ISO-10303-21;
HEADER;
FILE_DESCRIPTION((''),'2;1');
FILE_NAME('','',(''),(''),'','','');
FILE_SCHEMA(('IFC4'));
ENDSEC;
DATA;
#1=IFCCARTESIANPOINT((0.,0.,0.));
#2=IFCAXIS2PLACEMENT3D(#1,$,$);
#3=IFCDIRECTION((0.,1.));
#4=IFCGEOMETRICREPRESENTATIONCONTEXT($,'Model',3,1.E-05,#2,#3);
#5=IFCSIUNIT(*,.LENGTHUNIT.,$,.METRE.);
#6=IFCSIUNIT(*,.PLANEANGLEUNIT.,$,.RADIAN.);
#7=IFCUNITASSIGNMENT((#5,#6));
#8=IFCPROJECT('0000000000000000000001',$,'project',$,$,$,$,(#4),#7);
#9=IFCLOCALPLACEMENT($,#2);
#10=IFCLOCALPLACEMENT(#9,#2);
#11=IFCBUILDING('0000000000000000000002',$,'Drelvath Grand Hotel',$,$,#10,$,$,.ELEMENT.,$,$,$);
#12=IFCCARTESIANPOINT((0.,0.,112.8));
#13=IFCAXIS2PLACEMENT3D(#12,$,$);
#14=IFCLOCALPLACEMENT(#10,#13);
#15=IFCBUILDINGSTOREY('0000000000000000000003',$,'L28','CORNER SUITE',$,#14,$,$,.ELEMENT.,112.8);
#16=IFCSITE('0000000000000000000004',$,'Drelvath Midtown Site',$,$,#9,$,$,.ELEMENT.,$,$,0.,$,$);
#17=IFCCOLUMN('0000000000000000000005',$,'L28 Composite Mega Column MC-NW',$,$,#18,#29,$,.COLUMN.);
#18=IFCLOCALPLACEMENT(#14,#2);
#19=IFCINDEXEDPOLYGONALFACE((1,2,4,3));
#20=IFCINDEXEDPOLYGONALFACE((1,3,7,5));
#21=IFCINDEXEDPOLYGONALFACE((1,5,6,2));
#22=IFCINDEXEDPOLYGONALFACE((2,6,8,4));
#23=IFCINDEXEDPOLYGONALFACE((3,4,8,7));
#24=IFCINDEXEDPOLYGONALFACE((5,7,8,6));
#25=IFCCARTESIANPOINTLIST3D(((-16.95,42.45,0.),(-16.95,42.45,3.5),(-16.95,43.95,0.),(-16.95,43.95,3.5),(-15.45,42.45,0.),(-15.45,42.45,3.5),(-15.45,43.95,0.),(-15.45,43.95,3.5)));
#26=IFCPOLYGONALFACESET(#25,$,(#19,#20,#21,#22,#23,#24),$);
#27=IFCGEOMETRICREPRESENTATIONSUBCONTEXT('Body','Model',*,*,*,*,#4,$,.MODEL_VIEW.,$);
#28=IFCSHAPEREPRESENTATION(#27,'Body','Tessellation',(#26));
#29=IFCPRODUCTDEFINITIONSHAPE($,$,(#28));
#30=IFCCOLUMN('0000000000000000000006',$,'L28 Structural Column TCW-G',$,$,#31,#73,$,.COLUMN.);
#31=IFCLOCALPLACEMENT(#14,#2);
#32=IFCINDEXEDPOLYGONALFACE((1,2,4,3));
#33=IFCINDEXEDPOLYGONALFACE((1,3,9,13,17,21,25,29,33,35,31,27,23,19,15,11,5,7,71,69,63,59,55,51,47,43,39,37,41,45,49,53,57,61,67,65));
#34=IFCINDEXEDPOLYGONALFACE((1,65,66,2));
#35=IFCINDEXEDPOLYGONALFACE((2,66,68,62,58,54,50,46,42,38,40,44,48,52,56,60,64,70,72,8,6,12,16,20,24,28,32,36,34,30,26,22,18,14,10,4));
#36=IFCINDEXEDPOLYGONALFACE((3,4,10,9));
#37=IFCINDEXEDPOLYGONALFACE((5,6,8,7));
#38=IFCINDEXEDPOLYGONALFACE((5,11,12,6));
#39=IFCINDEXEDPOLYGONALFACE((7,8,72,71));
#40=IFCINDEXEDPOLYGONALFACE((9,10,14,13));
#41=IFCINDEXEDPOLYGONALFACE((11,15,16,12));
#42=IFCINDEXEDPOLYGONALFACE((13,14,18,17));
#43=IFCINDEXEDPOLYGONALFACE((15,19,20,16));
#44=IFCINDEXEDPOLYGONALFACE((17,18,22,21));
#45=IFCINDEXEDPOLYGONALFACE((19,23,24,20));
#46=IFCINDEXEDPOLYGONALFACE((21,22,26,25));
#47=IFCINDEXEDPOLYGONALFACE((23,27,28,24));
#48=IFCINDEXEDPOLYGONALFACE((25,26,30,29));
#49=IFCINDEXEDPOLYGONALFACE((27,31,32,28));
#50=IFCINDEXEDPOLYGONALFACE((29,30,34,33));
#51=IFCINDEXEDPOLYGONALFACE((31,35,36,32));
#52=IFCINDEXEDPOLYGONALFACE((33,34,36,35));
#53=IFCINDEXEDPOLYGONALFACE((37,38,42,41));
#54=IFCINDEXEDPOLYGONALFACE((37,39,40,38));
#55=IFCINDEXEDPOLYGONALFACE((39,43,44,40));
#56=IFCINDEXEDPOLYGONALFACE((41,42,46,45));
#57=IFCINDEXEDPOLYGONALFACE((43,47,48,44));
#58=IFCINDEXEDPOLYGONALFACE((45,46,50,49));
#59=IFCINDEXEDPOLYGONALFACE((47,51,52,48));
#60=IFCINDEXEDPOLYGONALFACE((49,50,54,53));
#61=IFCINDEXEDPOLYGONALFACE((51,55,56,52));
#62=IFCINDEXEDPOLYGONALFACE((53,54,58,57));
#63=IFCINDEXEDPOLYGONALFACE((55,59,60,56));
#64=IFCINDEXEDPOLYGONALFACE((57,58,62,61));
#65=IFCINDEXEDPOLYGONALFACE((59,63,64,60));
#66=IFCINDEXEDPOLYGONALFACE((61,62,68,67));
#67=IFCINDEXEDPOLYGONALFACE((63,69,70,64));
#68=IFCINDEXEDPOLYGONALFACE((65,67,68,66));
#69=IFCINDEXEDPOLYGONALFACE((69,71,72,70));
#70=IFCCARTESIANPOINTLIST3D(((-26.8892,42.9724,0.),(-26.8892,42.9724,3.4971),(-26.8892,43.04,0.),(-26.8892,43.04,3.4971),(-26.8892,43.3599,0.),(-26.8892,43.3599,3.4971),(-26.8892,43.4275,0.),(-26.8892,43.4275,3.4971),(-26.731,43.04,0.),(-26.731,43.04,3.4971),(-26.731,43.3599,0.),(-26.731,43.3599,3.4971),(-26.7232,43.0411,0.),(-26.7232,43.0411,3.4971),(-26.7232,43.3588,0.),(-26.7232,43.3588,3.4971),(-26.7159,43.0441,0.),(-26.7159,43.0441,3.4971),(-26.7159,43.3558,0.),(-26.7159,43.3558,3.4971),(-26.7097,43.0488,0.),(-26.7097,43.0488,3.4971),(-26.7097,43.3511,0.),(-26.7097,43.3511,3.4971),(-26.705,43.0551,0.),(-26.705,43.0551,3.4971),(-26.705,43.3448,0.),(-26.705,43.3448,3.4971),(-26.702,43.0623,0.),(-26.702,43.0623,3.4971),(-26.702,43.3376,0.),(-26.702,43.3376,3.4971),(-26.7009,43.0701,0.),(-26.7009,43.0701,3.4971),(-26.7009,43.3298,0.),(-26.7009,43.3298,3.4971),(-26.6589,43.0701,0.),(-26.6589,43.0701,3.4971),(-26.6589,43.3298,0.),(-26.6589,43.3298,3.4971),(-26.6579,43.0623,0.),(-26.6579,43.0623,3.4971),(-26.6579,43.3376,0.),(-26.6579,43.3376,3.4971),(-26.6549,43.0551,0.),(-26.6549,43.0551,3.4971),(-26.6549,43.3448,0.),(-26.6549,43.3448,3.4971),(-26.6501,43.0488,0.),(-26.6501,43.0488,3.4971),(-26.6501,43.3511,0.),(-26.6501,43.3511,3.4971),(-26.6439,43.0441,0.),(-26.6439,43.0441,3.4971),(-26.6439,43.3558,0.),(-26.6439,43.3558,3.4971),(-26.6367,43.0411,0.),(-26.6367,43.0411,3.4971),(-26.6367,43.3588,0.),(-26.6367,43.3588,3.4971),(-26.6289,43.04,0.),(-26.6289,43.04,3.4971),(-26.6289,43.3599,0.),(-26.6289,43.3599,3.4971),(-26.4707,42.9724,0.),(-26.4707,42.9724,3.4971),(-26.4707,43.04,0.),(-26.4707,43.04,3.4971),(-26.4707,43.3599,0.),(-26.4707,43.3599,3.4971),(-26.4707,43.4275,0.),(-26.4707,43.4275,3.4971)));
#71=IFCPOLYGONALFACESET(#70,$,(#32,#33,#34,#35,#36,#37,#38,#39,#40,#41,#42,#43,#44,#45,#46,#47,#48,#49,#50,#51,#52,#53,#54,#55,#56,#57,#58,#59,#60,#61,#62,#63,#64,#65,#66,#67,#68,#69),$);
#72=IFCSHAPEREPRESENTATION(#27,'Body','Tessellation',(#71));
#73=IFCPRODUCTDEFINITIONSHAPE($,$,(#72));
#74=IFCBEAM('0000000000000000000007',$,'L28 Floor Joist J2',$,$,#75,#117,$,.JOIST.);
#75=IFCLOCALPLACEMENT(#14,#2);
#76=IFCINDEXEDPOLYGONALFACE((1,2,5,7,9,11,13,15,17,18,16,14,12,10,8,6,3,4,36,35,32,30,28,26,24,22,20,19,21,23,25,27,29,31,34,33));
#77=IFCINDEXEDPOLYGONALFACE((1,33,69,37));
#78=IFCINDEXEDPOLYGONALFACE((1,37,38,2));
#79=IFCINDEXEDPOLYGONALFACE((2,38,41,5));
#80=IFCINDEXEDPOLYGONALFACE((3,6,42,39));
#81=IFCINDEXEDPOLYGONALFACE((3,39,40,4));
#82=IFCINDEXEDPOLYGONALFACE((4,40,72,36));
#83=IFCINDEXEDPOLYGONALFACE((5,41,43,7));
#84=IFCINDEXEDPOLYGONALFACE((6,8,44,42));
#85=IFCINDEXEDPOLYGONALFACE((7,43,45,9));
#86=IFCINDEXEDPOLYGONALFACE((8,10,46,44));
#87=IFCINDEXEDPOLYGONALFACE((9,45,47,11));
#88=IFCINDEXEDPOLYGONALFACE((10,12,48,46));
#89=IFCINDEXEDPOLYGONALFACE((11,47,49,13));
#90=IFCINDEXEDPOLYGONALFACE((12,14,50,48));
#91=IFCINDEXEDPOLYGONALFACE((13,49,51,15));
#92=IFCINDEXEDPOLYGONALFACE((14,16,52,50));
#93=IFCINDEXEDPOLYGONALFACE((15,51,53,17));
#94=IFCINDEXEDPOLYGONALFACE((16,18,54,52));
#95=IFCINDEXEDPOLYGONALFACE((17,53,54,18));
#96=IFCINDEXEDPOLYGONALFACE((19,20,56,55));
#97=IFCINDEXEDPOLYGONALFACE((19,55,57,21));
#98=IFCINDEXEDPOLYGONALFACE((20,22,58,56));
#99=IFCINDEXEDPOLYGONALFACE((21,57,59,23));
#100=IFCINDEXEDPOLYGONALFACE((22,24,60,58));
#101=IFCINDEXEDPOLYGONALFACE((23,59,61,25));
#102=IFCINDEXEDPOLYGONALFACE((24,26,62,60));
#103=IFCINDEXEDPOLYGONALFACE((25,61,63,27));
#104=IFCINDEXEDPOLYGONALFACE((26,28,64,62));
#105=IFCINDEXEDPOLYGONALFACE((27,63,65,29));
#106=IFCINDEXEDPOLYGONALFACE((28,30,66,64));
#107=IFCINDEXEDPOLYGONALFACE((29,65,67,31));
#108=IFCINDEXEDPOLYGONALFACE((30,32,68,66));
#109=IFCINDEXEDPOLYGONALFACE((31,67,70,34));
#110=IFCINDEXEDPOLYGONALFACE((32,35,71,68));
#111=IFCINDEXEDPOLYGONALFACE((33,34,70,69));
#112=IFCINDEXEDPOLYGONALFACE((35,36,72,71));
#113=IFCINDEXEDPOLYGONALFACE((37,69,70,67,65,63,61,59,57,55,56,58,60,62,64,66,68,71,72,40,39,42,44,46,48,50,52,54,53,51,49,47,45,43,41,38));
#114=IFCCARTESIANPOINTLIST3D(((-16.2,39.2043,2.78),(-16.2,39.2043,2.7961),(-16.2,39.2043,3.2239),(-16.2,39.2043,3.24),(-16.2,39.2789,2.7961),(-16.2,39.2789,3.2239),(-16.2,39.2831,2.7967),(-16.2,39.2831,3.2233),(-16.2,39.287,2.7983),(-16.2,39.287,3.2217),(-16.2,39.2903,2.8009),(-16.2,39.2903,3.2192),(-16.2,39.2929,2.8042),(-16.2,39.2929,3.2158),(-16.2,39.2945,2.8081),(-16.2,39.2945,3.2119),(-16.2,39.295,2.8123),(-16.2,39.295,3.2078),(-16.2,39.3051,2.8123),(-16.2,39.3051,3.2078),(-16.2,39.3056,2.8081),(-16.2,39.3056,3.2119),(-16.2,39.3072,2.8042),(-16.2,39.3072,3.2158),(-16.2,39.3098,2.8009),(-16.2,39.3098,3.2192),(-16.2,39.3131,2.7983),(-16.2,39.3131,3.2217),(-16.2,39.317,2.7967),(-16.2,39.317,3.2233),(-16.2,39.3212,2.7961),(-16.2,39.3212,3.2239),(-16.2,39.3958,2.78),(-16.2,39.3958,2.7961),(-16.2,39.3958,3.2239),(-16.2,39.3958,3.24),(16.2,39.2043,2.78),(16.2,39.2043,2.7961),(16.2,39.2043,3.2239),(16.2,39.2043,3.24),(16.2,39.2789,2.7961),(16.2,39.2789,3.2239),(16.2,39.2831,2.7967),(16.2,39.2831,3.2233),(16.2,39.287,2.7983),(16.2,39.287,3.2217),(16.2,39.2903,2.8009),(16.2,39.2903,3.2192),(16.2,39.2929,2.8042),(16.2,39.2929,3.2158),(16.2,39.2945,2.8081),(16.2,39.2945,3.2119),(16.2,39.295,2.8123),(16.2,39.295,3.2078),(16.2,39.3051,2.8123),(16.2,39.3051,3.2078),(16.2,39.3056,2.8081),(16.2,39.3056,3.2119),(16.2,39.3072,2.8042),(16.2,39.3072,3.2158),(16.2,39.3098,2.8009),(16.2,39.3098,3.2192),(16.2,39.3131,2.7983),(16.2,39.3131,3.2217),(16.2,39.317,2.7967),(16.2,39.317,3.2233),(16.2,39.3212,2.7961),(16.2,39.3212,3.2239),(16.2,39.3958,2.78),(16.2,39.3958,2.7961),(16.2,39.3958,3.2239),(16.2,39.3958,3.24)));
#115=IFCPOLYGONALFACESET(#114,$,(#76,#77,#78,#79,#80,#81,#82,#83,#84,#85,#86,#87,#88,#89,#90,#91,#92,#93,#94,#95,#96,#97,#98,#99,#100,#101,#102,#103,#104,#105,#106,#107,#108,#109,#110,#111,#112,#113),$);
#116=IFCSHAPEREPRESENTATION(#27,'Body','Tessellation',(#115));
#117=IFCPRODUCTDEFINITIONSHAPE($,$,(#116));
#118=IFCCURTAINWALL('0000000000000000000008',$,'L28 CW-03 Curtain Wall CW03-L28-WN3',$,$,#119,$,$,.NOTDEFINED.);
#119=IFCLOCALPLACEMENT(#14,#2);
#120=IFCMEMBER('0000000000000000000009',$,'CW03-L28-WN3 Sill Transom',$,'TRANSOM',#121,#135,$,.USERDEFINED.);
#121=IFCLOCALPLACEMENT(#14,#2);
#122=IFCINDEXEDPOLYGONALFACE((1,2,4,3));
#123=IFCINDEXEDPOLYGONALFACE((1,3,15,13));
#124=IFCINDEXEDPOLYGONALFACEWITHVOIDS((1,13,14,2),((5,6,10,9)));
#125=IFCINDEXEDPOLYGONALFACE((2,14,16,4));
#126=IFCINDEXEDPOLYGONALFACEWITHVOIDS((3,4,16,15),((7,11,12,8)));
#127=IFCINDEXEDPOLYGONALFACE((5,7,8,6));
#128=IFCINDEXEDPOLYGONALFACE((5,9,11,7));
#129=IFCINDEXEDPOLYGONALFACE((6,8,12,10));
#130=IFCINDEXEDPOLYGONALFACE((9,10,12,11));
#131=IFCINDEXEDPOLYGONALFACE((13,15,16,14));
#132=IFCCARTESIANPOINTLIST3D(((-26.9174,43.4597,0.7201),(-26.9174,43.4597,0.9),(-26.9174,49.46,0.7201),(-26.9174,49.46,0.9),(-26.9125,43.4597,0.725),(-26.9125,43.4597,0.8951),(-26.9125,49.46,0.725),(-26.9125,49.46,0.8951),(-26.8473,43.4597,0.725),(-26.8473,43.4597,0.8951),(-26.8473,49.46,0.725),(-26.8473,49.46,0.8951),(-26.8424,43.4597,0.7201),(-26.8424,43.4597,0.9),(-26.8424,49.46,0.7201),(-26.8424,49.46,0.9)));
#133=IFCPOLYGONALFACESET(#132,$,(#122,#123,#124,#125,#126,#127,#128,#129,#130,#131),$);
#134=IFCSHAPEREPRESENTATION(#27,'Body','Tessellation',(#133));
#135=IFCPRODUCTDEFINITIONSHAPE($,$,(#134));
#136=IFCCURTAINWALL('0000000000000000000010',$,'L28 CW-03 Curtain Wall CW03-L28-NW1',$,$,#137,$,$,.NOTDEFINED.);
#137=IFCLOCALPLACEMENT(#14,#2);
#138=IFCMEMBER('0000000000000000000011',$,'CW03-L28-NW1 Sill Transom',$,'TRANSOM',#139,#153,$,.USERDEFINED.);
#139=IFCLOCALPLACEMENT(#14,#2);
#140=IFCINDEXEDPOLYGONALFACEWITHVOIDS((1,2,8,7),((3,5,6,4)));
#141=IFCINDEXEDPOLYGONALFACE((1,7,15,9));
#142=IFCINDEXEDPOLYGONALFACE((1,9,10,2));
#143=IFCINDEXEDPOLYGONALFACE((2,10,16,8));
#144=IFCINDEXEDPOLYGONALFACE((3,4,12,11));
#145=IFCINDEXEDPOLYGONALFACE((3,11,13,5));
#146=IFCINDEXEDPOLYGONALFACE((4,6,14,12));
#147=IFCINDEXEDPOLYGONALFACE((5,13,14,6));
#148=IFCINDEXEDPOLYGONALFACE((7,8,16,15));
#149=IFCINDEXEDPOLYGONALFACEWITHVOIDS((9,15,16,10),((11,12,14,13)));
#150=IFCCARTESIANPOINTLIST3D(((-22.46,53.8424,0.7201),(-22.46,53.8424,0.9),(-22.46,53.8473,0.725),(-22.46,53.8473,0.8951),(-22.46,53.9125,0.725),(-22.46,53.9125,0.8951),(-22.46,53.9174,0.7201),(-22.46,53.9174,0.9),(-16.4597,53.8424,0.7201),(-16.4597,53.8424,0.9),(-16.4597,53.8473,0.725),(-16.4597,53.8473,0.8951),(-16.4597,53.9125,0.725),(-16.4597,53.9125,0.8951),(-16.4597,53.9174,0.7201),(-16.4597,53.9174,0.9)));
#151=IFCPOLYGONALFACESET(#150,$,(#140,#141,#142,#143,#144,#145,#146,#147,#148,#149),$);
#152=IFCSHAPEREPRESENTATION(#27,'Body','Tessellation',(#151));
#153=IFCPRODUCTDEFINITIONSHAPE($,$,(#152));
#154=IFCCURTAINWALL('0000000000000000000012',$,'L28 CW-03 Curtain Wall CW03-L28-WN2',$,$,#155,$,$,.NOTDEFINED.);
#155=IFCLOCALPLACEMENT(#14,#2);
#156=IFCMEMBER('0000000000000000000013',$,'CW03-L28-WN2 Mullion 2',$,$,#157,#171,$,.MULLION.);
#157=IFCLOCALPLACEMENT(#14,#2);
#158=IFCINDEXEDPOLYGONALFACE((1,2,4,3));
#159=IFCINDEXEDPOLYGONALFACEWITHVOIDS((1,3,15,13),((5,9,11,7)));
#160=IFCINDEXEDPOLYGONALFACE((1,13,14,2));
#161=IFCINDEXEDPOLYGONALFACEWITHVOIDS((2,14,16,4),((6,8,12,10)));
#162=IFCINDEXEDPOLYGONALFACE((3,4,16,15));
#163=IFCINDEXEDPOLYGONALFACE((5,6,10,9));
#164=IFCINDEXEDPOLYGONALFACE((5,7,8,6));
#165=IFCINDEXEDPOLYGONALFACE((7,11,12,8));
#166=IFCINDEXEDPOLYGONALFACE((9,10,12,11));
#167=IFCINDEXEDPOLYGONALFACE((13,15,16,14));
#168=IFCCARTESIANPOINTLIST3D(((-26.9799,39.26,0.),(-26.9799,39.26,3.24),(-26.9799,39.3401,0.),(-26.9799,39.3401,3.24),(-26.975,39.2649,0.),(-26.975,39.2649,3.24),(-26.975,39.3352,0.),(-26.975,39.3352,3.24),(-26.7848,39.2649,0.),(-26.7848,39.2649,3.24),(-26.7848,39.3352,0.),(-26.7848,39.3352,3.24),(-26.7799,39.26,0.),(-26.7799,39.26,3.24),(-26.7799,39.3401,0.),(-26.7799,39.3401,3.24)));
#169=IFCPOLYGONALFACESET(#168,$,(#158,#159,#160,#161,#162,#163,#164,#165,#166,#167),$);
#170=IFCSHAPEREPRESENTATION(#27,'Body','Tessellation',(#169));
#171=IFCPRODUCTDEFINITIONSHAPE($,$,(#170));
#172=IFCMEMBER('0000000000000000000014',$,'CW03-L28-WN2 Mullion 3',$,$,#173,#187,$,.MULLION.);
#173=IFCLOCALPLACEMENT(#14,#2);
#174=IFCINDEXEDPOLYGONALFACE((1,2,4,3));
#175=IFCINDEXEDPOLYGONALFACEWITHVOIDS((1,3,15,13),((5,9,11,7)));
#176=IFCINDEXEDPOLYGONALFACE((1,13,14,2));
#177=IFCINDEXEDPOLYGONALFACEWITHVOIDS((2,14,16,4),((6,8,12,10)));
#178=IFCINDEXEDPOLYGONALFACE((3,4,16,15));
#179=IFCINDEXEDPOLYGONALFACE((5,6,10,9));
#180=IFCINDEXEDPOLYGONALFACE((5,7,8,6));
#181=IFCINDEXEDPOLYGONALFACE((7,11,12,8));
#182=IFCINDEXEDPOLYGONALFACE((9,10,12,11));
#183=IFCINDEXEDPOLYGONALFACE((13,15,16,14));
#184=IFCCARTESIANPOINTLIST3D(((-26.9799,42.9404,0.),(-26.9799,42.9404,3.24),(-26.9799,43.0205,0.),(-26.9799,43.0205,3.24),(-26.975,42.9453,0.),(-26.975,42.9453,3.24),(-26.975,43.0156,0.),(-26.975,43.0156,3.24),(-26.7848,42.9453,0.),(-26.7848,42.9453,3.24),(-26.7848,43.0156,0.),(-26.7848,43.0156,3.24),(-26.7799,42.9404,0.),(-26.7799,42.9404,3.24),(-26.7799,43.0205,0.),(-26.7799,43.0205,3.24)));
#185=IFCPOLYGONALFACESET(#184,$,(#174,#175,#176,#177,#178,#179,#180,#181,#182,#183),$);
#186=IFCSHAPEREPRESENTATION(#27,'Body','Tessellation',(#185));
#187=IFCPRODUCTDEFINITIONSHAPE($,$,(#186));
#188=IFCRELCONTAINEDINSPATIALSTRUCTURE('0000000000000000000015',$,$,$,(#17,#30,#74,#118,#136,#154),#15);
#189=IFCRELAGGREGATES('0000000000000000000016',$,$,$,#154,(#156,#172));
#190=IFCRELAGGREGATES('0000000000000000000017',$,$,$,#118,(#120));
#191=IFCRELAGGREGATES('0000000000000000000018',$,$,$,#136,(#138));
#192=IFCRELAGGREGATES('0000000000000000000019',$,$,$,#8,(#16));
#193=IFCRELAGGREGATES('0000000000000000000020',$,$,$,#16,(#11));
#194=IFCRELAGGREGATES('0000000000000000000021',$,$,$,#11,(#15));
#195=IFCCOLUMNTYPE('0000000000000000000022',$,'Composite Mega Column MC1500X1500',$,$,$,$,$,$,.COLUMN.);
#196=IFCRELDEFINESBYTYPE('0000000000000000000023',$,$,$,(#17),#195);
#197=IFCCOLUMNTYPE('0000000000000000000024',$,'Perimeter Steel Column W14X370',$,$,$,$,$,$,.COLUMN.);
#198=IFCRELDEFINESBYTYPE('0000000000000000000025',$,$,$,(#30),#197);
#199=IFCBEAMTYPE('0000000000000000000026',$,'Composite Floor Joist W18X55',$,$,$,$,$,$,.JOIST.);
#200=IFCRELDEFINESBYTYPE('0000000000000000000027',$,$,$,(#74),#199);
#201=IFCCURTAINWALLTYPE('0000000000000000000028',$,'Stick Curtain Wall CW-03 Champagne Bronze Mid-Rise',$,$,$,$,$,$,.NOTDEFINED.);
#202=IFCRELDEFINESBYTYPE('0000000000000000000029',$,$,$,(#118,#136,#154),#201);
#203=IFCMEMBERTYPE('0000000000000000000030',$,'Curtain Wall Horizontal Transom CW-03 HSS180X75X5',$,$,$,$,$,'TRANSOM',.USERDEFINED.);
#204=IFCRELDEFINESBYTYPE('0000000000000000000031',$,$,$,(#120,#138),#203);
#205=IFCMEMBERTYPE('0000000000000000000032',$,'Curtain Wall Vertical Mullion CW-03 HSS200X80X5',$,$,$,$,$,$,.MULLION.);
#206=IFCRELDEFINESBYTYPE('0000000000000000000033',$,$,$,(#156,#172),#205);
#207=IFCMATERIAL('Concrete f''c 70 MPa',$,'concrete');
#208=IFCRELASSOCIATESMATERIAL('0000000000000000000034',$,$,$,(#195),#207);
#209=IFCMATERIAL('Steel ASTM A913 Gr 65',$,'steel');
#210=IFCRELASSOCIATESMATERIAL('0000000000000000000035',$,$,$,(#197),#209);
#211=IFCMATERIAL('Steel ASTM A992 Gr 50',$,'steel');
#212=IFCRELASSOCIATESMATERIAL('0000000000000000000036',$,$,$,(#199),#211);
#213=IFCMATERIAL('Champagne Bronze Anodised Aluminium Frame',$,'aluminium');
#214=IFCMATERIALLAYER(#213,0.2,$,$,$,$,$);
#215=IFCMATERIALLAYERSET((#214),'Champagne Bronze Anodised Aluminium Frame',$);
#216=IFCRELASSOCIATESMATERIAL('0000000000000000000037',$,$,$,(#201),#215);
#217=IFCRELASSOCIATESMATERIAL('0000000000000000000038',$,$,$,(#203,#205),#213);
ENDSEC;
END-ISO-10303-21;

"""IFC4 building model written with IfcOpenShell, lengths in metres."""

from ifc_helpers import new_model, si_unit, direction, frame, origin, origin_2d, place, context, subcontext, project, spatial, rectangle, hollow_rectangle, i_section, extrude, material, layer, layer_set, material_profile, profile_set, type_object, element, aggregate, save


model = new_model("IFC4")

# Units and contexts
model_context = context("Model", 3, precision=1e-05, world=origin(), true_north=direction((0.0, 1.0)))
body_context = subcontext(model_context, "Body", "Model", "MODEL_VIEW")
ifc_project = project(units=[si_unit("LENGTHUNIT", "METRE"), si_unit("PLANEANGLEUNIT", "RADIAN")], contexts=[model_context])

# Site, building, storey
site_placement = place(None, origin())
site = spatial("IfcSite", under=ifc_project, at=site_placement, Name="Drelvath Midtown Site", CompositionType="ELEMENT", RefElevation=0.0)
building_placement = place(site_placement, origin())
building = spatial("IfcBuilding", under=site, at=building_placement, Name="Drelvath Grand Hotel", CompositionType="ELEMENT")
storey_placement = place(building_placement, frame((0.0, 0.0, 112.8)))
storey = spatial("IfcBuildingStorey", under=building, at=storey_placement, Name="L28", Description="CORNER SUITE", CompositionType="ELEMENT", Elevation=112.8)

# Columns
ifc_material_1 = material(Name="Concrete f'c 70 MPa", Category="concrete")
ifc_material_profile_1 = material_profile(ifc_material_1, rectangle(XDim=1.5, YDim=1.5, at=origin_2d()), Name="MC1500X1500")
ifc_profile_set_1 = profile_set([ifc_material_profile_1], Name="Concrete f'c 70 MPa")
column_type_1 = type_object("IfcColumnType", Name="Composite Mega Column MC1500X1500", PredefinedType="COLUMN", material=ifc_profile_set_1)
column_1_placement = place(storey_placement, frame((-16.2, 43.2, 0.0), z_axis=(0.0, 0.0, 1.0), x_axis=(1.0, 0.0, 0.0)))
element("IfcColumn", 1, at=column_1_placement, inside=storey, type_object=column_type_1, Name="L28 Composite Mega Column MC-NW", PredefinedType="COLUMN", context=body_context, shape_type="SweptSolid", body=[
    extrude(rectangle(XDim=1.5, YDim=1.5, at=origin_2d()), origin(), (0.0, 0.0, 1.0), 3.5),
])
ifc_material_2 = material(Name="Steel ASTM A913 Gr 65", Category="steel")
ifc_material_profile_2 = material_profile(ifc_material_2, i_section(OverallWidth=0.4185, OverallDepth=0.4551, WebThickness=0.042, FlangeThickness=0.0676, FilletRadius=0.03, at=origin_2d()), Name="W14X370")
ifc_profile_set_2 = profile_set([ifc_material_profile_2], Name="Steel ASTM A913 Gr 65")
column_type_2 = type_object("IfcColumnType", Name="Perimeter Steel Column W14X370", PredefinedType="COLUMN", material=ifc_profile_set_2)
column_2_placement = place(storey_placement, frame((-26.6799, 43.2, 0.0), z_axis=(0.0, 0.0, 1.0), x_axis=(1.0, 0.0, 0.0)))
element("IfcColumn", 2, at=column_2_placement, inside=storey, type_object=column_type_2, Name="L28 Structural Column TCW-G", PredefinedType="COLUMN", context=body_context, shape_type="SweptSolid", body=[
    extrude(i_section(OverallWidth=0.4185, OverallDepth=0.4551, WebThickness=0.042, FlangeThickness=0.0676, FilletRadius=0.03, at=origin_2d()), origin(), (0.0, 0.0, 1.0), 3.4971),
])

# Beam
ifc_material_3 = material(Name="Steel ASTM A992 Gr 50", Category="steel")
ifc_material_profile_3 = material_profile(ifc_material_3, i_section(OverallWidth=0.1914, OverallDepth=0.46, WebThickness=0.01, FlangeThickness=0.0161, FilletRadius=0.0161, at=origin_2d()), Name="W18X55")
ifc_profile_set_3 = profile_set([ifc_material_profile_3], Name="Steel ASTM A992 Gr 50")
beam_type_1 = type_object("IfcBeamType", Name="Composite Floor Joist W18X55", PredefinedType="JOIST", material=ifc_profile_set_3)
beam_1_placement = place(storey_placement, frame((-16.2, 39.3, 3.01), z_axis=(1.0, 0.0, 0.0), x_axis=(0.0, 1.0, 0.0)))
element("IfcBeam", 3, at=beam_1_placement, inside=storey, type_object=beam_type_1, Name="L28 Floor Joist J2", PredefinedType="JOIST", context=body_context, shape_type="SweptSolid", body=[
    extrude(i_section(OverallWidth=0.1914, OverallDepth=0.46, WebThickness=0.01, FlangeThickness=0.0161, FilletRadius=0.0161, at=origin_2d()), origin(), (0.0, 0.0, 1.0), 32.3999),
])

# Curtain walls, members
ifc_material_4 = material(Name="Champagne Bronze Anodised Aluminium Frame", Category="aluminium")
ifc_layer_1 = layer(ifc_material_4, 0.2)
ifc_layer_set_1 = layer_set([ifc_layer_1], Name="Champagne Bronze Anodised Aluminium Frame")
curtain_wall_type = type_object("IfcCurtainWallType", Name="Stick Curtain Wall CW-03 Champagne Bronze Mid-Rise", PredefinedType="NOTDEFINED", material=ifc_layer_set_1)
curtain_wall_1_placement = place(storey_placement, origin())
curtain_wall_1 = element("IfcCurtainWall", 4, at=curtain_wall_1_placement, inside=storey, type_object=curtain_wall_type, Name="L28 CW-03 Curtain Wall CW03-L28-WN3", PredefinedType="NOTDEFINED")
ifc_material_profile_4 = material_profile(ifc_material_4, hollow_rectangle(XDim=0.075, YDim=0.1799, WallThickness=0.0049, at=origin_2d()), Name="HSS180X75X5")
ifc_profile_set_4 = profile_set([ifc_material_profile_4], Name="Champagne Bronze Anodised Aluminium Frame")
member_type_1 = type_object("IfcMemberType", Name="Curtain Wall Horizontal Transom CW-03 HSS180X75X5", ElementType="TRANSOM", PredefinedType="USERDEFINED", material=ifc_profile_set_4)
member_1_placement = place(storey_placement, frame((-26.8799, 43.4597, 0.8101), z_axis=(0.0, 1.0, 0.0), x_axis=(-1.0, 0.0, 0.0)))
member_1 = element("IfcMember", 5, at=member_1_placement, type_object=member_type_1, Name="CW03-L28-WN3 Sill Transom", ObjectType="TRANSOM", PredefinedType="USERDEFINED", context=body_context, shape_type="SweptSolid", body=[
    extrude(hollow_rectangle(XDim=0.075, YDim=0.1799, WallThickness=0.0049, at=origin_2d()), origin(), (0.0, 0.0, 1.0), 6.0002),
])
curtain_wall_2_placement = place(storey_placement, origin())
curtain_wall_2 = element("IfcCurtainWall", 6, at=curtain_wall_2_placement, inside=storey, type_object=curtain_wall_type, Name="L28 CW-03 Curtain Wall CW03-L28-NW1", PredefinedType="NOTDEFINED")
member_2_placement = place(storey_placement, frame((-22.46, 53.8799, 0.8101), z_axis=(1.0, 0.0, 0.0), x_axis=(0.0, 1.0, 0.0)))
member_2 = element("IfcMember", 7, at=member_2_placement, type_object=member_type_1, Name="CW03-L28-NW1 Sill Transom", ObjectType="TRANSOM", PredefinedType="USERDEFINED", context=body_context, shape_type="SweptSolid", body=[
    extrude(hollow_rectangle(XDim=0.075, YDim=0.1799, WallThickness=0.0049, at=origin_2d()), origin(), (0.0, 0.0, 1.0), 6.0002),
])

# Curtain wall, members
curtain_wall_3_placement = place(storey_placement, origin())
curtain_wall_3 = element("IfcCurtainWall", 8, at=curtain_wall_3_placement, inside=storey, type_object=curtain_wall_type, Name="L28 CW-03 Curtain Wall CW03-L28-WN2", PredefinedType="NOTDEFINED")
ifc_material_profile_5 = material_profile(ifc_material_4, hollow_rectangle(XDim=0.0801, YDim=0.2, WallThickness=0.0049, at=origin_2d()), Name="HSS200X80X5")
ifc_profile_set_5 = profile_set([ifc_material_profile_5], Name="Champagne Bronze Anodised Aluminium Frame")
member_type_2 = type_object("IfcMemberType", Name="Curtain Wall Vertical Mullion CW-03 HSS200X80X5", PredefinedType="MULLION", material=ifc_profile_set_5)
member_3_placement = place(storey_placement, frame((-26.8799, 39.3, 0.0), z_axis=(0.0, 0.0, 1.0), x_axis=(0.0, 1.0, 0.0)))
member_3 = element("IfcMember", 9, at=member_3_placement, type_object=member_type_2, Name="CW03-L28-WN2 Mullion 2", PredefinedType="MULLION", context=body_context, shape_type="SweptSolid", body=[
    extrude(hollow_rectangle(XDim=0.0801, YDim=0.2, WallThickness=0.0049, at=origin_2d()), origin(), (0.0, 0.0, 1.0), 3.24),
])
member_4_placement = place(storey_placement, frame((-26.8799, 42.9805, 0.0), z_axis=(0.0, 0.0, 1.0), x_axis=(0.0, 1.0, 0.0)))
member_4 = element("IfcMember", 10, at=member_4_placement, type_object=member_type_2, Name="CW03-L28-WN2 Mullion 3", PredefinedType="MULLION", context=body_context, shape_type="SweptSolid", body=[
    extrude(hollow_rectangle(XDim=0.0801, YDim=0.2, WallThickness=0.0049, at=origin_2d()), origin(), (0.0, 0.0, 1.0), 3.24),
])

aggregate(curtain_wall_3, [member_3, member_4])
aggregate(curtain_wall_1, [member_1])
aggregate(curtain_wall_2, [member_2])

save(model, "model.ifc")
